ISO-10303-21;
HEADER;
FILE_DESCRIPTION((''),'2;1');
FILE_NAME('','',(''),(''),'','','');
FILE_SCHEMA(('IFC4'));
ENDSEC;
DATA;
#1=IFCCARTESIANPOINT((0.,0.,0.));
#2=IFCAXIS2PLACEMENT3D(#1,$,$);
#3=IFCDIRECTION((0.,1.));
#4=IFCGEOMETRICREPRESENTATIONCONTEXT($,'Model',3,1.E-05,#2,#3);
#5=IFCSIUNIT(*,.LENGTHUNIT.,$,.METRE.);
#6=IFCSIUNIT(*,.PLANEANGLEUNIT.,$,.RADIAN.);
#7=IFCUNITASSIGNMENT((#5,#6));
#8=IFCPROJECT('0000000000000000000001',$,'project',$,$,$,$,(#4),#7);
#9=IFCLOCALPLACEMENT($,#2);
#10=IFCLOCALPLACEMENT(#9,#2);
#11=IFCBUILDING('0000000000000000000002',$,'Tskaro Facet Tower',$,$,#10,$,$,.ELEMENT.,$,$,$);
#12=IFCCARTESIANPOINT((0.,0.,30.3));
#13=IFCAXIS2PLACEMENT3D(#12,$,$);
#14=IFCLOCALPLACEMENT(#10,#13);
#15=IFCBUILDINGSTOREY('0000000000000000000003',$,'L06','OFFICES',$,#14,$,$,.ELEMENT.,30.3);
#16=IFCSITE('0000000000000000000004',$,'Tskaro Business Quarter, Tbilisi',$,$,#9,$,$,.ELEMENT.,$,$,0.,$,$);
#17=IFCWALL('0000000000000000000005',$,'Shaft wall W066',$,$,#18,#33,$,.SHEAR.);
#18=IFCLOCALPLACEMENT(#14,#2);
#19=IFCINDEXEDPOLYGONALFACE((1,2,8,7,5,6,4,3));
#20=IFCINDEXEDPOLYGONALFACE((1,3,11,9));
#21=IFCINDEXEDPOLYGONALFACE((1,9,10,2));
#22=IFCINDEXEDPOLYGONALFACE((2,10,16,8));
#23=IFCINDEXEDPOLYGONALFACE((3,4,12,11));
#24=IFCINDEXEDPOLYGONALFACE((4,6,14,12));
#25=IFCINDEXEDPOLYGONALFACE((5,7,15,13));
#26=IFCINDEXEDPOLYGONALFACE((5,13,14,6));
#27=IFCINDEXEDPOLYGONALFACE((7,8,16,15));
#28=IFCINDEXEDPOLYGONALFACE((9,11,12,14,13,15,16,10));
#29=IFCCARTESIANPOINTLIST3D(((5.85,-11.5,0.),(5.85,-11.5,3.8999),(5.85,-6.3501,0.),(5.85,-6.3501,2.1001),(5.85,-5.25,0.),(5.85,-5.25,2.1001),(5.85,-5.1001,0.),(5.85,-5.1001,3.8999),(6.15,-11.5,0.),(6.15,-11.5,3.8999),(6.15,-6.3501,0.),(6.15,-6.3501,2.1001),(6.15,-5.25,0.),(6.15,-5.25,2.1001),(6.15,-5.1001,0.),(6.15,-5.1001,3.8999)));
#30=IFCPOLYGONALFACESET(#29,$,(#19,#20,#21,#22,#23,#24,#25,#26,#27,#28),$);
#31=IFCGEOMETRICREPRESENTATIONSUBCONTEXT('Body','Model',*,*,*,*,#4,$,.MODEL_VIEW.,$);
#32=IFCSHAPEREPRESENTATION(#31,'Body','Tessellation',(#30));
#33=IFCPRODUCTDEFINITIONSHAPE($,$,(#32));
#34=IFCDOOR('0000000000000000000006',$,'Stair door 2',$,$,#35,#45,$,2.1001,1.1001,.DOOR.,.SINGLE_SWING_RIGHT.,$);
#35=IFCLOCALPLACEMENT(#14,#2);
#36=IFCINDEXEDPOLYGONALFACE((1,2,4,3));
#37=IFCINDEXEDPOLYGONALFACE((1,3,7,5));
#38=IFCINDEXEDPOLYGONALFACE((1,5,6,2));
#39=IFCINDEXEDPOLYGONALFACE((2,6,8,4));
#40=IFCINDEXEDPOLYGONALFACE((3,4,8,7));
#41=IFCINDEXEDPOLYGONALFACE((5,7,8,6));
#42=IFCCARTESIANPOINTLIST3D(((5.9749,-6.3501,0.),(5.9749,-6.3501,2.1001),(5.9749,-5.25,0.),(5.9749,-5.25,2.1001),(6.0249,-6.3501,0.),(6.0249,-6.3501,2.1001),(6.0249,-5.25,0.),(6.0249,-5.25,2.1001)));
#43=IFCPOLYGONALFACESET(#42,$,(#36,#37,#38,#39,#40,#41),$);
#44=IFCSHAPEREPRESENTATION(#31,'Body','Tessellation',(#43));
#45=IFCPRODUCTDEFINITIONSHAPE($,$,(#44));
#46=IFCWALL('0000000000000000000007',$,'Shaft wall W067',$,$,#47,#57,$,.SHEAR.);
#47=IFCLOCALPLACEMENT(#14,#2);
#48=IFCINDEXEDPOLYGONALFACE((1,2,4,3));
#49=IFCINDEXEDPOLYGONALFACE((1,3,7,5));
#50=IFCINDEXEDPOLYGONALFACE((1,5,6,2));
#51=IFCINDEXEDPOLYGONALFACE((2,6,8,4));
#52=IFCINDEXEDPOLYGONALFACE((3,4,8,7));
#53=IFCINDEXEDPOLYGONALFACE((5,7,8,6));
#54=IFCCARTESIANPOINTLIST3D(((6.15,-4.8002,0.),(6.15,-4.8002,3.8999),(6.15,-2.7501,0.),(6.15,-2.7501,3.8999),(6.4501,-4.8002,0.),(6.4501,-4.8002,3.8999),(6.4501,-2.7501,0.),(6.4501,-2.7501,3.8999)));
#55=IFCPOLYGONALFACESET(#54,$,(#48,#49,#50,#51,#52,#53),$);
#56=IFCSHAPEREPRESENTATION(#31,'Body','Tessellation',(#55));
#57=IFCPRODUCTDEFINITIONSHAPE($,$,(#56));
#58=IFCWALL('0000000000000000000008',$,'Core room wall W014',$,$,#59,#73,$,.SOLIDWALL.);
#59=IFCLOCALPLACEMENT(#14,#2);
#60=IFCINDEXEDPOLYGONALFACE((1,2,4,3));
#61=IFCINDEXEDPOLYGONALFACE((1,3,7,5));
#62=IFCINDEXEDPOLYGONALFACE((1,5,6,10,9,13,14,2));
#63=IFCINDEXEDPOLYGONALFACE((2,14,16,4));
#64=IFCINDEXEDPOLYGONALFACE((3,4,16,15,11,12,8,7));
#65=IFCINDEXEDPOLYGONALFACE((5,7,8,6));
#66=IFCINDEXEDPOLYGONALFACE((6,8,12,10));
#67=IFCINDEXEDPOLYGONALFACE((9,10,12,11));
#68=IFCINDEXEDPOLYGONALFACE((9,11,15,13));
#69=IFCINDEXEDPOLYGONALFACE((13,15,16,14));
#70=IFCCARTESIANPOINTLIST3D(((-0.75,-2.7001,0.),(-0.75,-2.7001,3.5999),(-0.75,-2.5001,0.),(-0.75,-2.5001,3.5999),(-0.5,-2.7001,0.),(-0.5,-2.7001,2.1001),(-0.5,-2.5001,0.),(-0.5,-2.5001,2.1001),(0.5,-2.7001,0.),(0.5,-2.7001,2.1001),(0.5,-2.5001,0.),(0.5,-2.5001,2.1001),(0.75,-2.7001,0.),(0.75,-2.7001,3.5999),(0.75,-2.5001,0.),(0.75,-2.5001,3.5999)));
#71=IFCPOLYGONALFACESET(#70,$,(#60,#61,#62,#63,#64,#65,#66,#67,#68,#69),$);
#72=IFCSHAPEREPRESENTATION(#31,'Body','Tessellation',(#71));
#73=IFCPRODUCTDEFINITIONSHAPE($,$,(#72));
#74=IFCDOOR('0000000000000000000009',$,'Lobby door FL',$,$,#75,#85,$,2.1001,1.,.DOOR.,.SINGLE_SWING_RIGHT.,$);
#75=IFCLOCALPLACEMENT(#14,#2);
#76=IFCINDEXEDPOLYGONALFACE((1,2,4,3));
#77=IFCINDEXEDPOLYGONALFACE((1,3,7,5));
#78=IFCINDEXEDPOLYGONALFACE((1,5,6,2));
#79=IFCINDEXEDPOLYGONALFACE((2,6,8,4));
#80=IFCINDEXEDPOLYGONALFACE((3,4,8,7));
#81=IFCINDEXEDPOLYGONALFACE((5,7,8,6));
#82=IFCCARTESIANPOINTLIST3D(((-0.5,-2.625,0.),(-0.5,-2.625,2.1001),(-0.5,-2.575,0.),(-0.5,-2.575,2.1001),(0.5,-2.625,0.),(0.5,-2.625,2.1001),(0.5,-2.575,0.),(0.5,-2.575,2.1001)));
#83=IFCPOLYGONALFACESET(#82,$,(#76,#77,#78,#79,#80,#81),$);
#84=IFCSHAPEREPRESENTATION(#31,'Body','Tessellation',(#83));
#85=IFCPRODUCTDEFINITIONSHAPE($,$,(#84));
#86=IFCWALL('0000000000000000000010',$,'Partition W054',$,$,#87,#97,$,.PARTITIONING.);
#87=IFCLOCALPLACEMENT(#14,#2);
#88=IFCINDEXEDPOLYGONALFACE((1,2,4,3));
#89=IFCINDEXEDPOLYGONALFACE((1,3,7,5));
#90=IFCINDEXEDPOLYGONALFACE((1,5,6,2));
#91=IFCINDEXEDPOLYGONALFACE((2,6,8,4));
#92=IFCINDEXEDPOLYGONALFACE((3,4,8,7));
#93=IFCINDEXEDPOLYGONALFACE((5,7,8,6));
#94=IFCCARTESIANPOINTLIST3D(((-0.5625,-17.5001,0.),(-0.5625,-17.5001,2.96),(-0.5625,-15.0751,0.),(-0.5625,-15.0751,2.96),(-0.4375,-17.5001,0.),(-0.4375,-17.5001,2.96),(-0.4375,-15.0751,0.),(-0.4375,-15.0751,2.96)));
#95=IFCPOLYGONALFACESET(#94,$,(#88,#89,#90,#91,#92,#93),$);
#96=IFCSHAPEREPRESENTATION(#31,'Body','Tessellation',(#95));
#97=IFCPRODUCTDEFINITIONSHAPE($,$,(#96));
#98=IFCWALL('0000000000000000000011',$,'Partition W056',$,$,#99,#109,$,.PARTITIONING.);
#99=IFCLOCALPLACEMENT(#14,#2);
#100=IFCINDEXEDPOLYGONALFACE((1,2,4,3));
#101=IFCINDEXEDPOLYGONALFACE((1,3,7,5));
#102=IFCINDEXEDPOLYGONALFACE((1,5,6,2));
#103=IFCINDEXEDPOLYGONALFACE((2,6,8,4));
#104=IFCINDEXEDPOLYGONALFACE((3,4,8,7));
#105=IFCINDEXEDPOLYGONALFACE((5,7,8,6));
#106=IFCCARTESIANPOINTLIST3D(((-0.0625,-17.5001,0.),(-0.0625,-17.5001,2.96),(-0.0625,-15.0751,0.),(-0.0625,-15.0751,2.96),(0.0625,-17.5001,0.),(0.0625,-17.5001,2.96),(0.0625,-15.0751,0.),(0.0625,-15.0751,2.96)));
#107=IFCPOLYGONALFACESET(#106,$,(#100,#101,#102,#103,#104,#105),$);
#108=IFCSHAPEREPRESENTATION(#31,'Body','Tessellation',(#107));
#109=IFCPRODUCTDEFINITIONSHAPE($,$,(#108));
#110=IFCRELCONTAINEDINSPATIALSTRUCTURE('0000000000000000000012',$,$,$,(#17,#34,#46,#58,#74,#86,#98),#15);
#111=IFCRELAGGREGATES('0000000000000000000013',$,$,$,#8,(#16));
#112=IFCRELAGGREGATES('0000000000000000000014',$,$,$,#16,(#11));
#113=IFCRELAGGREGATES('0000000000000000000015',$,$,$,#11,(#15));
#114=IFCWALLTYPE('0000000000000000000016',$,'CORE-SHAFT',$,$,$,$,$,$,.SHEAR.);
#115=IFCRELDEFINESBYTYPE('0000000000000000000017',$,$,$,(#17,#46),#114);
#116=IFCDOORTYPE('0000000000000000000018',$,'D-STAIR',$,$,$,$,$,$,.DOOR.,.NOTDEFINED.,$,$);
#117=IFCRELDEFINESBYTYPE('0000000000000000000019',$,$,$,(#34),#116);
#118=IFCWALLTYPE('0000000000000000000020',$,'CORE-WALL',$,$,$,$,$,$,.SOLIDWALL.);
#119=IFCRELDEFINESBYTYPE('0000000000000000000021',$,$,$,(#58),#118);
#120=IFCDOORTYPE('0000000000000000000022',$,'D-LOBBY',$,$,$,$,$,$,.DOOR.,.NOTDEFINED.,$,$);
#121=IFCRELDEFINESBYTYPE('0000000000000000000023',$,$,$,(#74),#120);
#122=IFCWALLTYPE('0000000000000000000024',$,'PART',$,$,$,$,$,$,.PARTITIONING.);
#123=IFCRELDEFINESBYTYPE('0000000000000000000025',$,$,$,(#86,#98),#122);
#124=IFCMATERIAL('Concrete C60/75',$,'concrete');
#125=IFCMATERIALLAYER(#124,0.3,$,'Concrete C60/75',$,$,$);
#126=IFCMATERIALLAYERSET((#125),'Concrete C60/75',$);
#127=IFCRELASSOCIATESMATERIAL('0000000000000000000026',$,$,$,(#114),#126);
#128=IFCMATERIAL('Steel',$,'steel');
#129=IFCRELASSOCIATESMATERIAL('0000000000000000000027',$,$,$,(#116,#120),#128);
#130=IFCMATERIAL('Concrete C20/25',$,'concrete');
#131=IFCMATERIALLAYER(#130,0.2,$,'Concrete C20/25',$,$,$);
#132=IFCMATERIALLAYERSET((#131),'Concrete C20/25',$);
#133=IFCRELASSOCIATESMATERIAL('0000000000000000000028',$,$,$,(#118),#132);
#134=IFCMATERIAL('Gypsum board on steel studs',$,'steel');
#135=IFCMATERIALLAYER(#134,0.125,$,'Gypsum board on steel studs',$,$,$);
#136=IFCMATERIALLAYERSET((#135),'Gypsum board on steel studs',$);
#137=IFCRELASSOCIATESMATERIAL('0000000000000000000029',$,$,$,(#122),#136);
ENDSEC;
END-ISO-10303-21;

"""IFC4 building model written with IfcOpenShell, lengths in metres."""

from ifc_helpers import new_model, si_unit, direction, frame, frame_2d, origin, place, context, subcontext, project, spatial, rectangle, extrude, material, layer, layer_set, type_object, element, fill, save


model = new_model("IFC4")

# Units and contexts
model_context = context("Model", 3, precision=1e-05, world=origin(), true_north=direction((0.0, 1.0)))
body_context = subcontext(model_context, "Body", "Model", "MODEL_VIEW")
ifc_project = project(units=[si_unit("LENGTHUNIT", "METRE"), si_unit("PLANEANGLEUNIT", "RADIAN")], contexts=[model_context])

# Site, building, storey
site_placement = place(None, origin())
site = spatial("IfcSite", under=ifc_project, at=site_placement, Name="Tskaro Business Quarter, Tbilisi", CompositionType="ELEMENT", RefElevation=0.0)
building_placement = place(site_placement, origin())
building = spatial("IfcBuilding", under=site, at=building_placement, Name="Tskaro Facet Tower", CompositionType="ELEMENT")
storey_placement = place(building_placement, frame((0.0, 0.0, 30.3)))
storey = spatial("IfcBuildingStorey", under=building, at=storey_placement, Name="L06", Description="OFFICES", CompositionType="ELEMENT", Elevation=30.3)

# Shared definitions
ifc_material_1 = material(Name="Concrete C60/75", Category="concrete")
ifc_layer_1 = layer(ifc_material_1, 0.3, Name="Concrete C60/75")
ifc_layer_set_1 = layer_set([ifc_layer_1], Name="Concrete C60/75")
wall_type_1 = type_object("IfcWallType", Name="CORE-SHAFT", PredefinedType="SHEAR", material=ifc_layer_set_1)

# Wall, opening, door
wall_1_placement = place(storey_placement, frame((6.0, -5.1001, 0.0), z_axis=(0.0, 0.0, 1.0), x_axis=(0.0, -1.0, 0.0)))
wall_1 = element("IfcWall", 1, at=wall_1_placement, inside=storey, type_object=wall_type_1, Name="Shaft wall W066", PredefinedType="SHEAR", context=body_context, shape_type="SweptSolid", body=[
    extrude(rectangle(XDim=6.3999, YDim=0.3, at=frame_2d((3.2, 0.0))), origin(), (0.0, 0.0, 1.0), 3.8999),
])
opening_1_placement = place(wall_1_placement, frame((0.1499, 0.0, 0.0)))
opening_1 = element("IfcOpeningElement", 2, at=opening_1_placement, cuts=wall_1, PredefinedType="OPENING", context=body_context, shape_type="SweptSolid", body=[
    extrude(rectangle(XDim=1.1001, YDim=2.1001, at=frame_2d((0.55, 1.05))), frame((0.0, 0.1599, 0.0), z_axis=(0.0, -1.0, 0.0), x_axis=(1.0, 0.0, 0.0)), (0.0, 0.0, 1.0), 0.3201),
])
ifc_material_2 = material(Name="Steel", Category="steel")
door_type_1 = type_object("IfcDoorType", Name="D-STAIR", OperationType="NOTDEFINED", PredefinedType="DOOR", material=ifc_material_2)
door_1_placement = place(opening_1_placement, origin())
door_1 = element("IfcDoor", 3, at=door_1_placement, inside=storey, type_object=door_type_1, Name="Stair door 2", OperationType="SINGLE_SWING_RIGHT", OverallHeight=2.1001, OverallWidth=1.1001, PredefinedType="DOOR", context=body_context, shape_type="SweptSolid", body=[
    extrude(rectangle(XDim=1.1001, YDim=2.1001, at=frame_2d((0.55, 1.05))), frame((0.0, 0.0249, 0.0), z_axis=(0.0, -1.0, 0.0), x_axis=(1.0, 0.0, 0.0)), (0.0, 0.0, 1.0), 0.05),
])
fill(opening_1, door_1)

# Wall
wall_2_placement = place(storey_placement, frame((6.3, -4.8, 0.0), z_axis=(0.0, 0.0, 1.0), x_axis=(0.0, 1.0, 0.0)))
element("IfcWall", 4, at=wall_2_placement, inside=storey, type_object=wall_type_1, Name="Shaft wall W067", PredefinedType="SHEAR", context=body_context, shape_type="SweptSolid", body=[
    extrude(rectangle(XDim=2.05, YDim=0.3, at=frame_2d((1.0249, 0.0))), origin(), (0.0, 0.0, 1.0), 3.8999),
])

# Wall, opening, door
ifc_material_3 = material(Name="Concrete C20/25", Category="concrete")
ifc_layer_2 = layer(ifc_material_3, 0.2, Name="Concrete C20/25")
ifc_layer_set_2 = layer_set([ifc_layer_2], Name="Concrete C20/25")
wall_type_2 = type_object("IfcWallType", Name="CORE-WALL", PredefinedType="SOLIDWALL", material=ifc_layer_set_2)
wall_3_placement = place(storey_placement, frame((0.75, -2.6001, 0.0), z_axis=(0.0, 0.0, 1.0), x_axis=(-1.0, 0.0, 0.0)))
wall_3 = element("IfcWall", 5, at=wall_3_placement, inside=storey, type_object=wall_type_2, Name="Core room wall W014", PredefinedType="SOLIDWALL", context=body_context, shape_type="SweptSolid", body=[
    extrude(rectangle(XDim=1.5, YDim=0.2, at=frame_2d((0.75, 0.0))), origin(), (0.0, 0.0, 1.0), 3.5999),
])
opening_2_placement = place(wall_3_placement, frame((0.25, 0.0, 0.0)))
opening_2 = element("IfcOpeningElement", 6, at=opening_2_placement, cuts=wall_3, PredefinedType="OPENING", context=body_context, shape_type="SweptSolid", body=[
    extrude(rectangle(XDim=1.0, YDim=2.1001, at=frame_2d((0.5, 1.05))), frame((0.0, 0.1099, 0.0), z_axis=(0.0, -1.0, 0.0), x_axis=(1.0, 0.0, 0.0)), (0.0, 0.0, 1.0), 0.22),
])
door_type_2 = type_object("IfcDoorType", Name="D-LOBBY", OperationType="NOTDEFINED", PredefinedType="DOOR", material=ifc_material_2)
door_2_placement = place(opening_2_placement, origin())
door_2 = element("IfcDoor", 7, at=door_2_placement, inside=storey, type_object=door_type_2, Name="Lobby door FL", OperationType="SINGLE_SWING_RIGHT", OverallHeight=2.1001, OverallWidth=1.0, PredefinedType="DOOR", context=body_context, shape_type="SweptSolid", body=[
    extrude(rectangle(XDim=1.0, YDim=2.1001, at=frame_2d((0.5, 1.05))), frame((0.0, 0.0249, 0.0), z_axis=(0.0, -1.0, 0.0), x_axis=(1.0, 0.0, 0.0)), (0.0, 0.0, 1.0), 0.05),
])
fill(opening_2, door_2)

# Walls
ifc_material_4 = material(Name="Gypsum board on steel studs", Category="steel")
ifc_layer_3 = layer(ifc_material_4, 0.125, Name="Gypsum board on steel studs")
ifc_layer_set_3 = layer_set([ifc_layer_3], Name="Gypsum board on steel studs")
wall_type_3 = type_object("IfcWallType", Name="PART", PredefinedType="PARTITIONING", material=ifc_layer_set_3)
for number, where, z_axis, x_axis, name in (
    (8, (-0.5, -17.5, 0.0), (0.0, 0.0, 1.0), (0.0, 1.0, 0.0), "Partition W054"),
    (9, (0.0, -17.5, 0.0), (0.0, 0.0, 1.0), (0.0, 1.0, 0.0), "Partition W056"),
):
    element("IfcWall", number, at=place(storey_placement, frame(where, z_axis=z_axis, x_axis=x_axis)), inside=storey, type_object=wall_type_3, Name=name, PredefinedType="PARTITIONING", context=body_context, shape_type="SweptSolid", body=[
        extrude(rectangle(XDim=2.425, YDim=0.125, at=frame_2d((1.2124, 0.0))), origin(), (0.0, 0.0, 1.0), 2.96),
    ])

save(model, "model.ifc")
